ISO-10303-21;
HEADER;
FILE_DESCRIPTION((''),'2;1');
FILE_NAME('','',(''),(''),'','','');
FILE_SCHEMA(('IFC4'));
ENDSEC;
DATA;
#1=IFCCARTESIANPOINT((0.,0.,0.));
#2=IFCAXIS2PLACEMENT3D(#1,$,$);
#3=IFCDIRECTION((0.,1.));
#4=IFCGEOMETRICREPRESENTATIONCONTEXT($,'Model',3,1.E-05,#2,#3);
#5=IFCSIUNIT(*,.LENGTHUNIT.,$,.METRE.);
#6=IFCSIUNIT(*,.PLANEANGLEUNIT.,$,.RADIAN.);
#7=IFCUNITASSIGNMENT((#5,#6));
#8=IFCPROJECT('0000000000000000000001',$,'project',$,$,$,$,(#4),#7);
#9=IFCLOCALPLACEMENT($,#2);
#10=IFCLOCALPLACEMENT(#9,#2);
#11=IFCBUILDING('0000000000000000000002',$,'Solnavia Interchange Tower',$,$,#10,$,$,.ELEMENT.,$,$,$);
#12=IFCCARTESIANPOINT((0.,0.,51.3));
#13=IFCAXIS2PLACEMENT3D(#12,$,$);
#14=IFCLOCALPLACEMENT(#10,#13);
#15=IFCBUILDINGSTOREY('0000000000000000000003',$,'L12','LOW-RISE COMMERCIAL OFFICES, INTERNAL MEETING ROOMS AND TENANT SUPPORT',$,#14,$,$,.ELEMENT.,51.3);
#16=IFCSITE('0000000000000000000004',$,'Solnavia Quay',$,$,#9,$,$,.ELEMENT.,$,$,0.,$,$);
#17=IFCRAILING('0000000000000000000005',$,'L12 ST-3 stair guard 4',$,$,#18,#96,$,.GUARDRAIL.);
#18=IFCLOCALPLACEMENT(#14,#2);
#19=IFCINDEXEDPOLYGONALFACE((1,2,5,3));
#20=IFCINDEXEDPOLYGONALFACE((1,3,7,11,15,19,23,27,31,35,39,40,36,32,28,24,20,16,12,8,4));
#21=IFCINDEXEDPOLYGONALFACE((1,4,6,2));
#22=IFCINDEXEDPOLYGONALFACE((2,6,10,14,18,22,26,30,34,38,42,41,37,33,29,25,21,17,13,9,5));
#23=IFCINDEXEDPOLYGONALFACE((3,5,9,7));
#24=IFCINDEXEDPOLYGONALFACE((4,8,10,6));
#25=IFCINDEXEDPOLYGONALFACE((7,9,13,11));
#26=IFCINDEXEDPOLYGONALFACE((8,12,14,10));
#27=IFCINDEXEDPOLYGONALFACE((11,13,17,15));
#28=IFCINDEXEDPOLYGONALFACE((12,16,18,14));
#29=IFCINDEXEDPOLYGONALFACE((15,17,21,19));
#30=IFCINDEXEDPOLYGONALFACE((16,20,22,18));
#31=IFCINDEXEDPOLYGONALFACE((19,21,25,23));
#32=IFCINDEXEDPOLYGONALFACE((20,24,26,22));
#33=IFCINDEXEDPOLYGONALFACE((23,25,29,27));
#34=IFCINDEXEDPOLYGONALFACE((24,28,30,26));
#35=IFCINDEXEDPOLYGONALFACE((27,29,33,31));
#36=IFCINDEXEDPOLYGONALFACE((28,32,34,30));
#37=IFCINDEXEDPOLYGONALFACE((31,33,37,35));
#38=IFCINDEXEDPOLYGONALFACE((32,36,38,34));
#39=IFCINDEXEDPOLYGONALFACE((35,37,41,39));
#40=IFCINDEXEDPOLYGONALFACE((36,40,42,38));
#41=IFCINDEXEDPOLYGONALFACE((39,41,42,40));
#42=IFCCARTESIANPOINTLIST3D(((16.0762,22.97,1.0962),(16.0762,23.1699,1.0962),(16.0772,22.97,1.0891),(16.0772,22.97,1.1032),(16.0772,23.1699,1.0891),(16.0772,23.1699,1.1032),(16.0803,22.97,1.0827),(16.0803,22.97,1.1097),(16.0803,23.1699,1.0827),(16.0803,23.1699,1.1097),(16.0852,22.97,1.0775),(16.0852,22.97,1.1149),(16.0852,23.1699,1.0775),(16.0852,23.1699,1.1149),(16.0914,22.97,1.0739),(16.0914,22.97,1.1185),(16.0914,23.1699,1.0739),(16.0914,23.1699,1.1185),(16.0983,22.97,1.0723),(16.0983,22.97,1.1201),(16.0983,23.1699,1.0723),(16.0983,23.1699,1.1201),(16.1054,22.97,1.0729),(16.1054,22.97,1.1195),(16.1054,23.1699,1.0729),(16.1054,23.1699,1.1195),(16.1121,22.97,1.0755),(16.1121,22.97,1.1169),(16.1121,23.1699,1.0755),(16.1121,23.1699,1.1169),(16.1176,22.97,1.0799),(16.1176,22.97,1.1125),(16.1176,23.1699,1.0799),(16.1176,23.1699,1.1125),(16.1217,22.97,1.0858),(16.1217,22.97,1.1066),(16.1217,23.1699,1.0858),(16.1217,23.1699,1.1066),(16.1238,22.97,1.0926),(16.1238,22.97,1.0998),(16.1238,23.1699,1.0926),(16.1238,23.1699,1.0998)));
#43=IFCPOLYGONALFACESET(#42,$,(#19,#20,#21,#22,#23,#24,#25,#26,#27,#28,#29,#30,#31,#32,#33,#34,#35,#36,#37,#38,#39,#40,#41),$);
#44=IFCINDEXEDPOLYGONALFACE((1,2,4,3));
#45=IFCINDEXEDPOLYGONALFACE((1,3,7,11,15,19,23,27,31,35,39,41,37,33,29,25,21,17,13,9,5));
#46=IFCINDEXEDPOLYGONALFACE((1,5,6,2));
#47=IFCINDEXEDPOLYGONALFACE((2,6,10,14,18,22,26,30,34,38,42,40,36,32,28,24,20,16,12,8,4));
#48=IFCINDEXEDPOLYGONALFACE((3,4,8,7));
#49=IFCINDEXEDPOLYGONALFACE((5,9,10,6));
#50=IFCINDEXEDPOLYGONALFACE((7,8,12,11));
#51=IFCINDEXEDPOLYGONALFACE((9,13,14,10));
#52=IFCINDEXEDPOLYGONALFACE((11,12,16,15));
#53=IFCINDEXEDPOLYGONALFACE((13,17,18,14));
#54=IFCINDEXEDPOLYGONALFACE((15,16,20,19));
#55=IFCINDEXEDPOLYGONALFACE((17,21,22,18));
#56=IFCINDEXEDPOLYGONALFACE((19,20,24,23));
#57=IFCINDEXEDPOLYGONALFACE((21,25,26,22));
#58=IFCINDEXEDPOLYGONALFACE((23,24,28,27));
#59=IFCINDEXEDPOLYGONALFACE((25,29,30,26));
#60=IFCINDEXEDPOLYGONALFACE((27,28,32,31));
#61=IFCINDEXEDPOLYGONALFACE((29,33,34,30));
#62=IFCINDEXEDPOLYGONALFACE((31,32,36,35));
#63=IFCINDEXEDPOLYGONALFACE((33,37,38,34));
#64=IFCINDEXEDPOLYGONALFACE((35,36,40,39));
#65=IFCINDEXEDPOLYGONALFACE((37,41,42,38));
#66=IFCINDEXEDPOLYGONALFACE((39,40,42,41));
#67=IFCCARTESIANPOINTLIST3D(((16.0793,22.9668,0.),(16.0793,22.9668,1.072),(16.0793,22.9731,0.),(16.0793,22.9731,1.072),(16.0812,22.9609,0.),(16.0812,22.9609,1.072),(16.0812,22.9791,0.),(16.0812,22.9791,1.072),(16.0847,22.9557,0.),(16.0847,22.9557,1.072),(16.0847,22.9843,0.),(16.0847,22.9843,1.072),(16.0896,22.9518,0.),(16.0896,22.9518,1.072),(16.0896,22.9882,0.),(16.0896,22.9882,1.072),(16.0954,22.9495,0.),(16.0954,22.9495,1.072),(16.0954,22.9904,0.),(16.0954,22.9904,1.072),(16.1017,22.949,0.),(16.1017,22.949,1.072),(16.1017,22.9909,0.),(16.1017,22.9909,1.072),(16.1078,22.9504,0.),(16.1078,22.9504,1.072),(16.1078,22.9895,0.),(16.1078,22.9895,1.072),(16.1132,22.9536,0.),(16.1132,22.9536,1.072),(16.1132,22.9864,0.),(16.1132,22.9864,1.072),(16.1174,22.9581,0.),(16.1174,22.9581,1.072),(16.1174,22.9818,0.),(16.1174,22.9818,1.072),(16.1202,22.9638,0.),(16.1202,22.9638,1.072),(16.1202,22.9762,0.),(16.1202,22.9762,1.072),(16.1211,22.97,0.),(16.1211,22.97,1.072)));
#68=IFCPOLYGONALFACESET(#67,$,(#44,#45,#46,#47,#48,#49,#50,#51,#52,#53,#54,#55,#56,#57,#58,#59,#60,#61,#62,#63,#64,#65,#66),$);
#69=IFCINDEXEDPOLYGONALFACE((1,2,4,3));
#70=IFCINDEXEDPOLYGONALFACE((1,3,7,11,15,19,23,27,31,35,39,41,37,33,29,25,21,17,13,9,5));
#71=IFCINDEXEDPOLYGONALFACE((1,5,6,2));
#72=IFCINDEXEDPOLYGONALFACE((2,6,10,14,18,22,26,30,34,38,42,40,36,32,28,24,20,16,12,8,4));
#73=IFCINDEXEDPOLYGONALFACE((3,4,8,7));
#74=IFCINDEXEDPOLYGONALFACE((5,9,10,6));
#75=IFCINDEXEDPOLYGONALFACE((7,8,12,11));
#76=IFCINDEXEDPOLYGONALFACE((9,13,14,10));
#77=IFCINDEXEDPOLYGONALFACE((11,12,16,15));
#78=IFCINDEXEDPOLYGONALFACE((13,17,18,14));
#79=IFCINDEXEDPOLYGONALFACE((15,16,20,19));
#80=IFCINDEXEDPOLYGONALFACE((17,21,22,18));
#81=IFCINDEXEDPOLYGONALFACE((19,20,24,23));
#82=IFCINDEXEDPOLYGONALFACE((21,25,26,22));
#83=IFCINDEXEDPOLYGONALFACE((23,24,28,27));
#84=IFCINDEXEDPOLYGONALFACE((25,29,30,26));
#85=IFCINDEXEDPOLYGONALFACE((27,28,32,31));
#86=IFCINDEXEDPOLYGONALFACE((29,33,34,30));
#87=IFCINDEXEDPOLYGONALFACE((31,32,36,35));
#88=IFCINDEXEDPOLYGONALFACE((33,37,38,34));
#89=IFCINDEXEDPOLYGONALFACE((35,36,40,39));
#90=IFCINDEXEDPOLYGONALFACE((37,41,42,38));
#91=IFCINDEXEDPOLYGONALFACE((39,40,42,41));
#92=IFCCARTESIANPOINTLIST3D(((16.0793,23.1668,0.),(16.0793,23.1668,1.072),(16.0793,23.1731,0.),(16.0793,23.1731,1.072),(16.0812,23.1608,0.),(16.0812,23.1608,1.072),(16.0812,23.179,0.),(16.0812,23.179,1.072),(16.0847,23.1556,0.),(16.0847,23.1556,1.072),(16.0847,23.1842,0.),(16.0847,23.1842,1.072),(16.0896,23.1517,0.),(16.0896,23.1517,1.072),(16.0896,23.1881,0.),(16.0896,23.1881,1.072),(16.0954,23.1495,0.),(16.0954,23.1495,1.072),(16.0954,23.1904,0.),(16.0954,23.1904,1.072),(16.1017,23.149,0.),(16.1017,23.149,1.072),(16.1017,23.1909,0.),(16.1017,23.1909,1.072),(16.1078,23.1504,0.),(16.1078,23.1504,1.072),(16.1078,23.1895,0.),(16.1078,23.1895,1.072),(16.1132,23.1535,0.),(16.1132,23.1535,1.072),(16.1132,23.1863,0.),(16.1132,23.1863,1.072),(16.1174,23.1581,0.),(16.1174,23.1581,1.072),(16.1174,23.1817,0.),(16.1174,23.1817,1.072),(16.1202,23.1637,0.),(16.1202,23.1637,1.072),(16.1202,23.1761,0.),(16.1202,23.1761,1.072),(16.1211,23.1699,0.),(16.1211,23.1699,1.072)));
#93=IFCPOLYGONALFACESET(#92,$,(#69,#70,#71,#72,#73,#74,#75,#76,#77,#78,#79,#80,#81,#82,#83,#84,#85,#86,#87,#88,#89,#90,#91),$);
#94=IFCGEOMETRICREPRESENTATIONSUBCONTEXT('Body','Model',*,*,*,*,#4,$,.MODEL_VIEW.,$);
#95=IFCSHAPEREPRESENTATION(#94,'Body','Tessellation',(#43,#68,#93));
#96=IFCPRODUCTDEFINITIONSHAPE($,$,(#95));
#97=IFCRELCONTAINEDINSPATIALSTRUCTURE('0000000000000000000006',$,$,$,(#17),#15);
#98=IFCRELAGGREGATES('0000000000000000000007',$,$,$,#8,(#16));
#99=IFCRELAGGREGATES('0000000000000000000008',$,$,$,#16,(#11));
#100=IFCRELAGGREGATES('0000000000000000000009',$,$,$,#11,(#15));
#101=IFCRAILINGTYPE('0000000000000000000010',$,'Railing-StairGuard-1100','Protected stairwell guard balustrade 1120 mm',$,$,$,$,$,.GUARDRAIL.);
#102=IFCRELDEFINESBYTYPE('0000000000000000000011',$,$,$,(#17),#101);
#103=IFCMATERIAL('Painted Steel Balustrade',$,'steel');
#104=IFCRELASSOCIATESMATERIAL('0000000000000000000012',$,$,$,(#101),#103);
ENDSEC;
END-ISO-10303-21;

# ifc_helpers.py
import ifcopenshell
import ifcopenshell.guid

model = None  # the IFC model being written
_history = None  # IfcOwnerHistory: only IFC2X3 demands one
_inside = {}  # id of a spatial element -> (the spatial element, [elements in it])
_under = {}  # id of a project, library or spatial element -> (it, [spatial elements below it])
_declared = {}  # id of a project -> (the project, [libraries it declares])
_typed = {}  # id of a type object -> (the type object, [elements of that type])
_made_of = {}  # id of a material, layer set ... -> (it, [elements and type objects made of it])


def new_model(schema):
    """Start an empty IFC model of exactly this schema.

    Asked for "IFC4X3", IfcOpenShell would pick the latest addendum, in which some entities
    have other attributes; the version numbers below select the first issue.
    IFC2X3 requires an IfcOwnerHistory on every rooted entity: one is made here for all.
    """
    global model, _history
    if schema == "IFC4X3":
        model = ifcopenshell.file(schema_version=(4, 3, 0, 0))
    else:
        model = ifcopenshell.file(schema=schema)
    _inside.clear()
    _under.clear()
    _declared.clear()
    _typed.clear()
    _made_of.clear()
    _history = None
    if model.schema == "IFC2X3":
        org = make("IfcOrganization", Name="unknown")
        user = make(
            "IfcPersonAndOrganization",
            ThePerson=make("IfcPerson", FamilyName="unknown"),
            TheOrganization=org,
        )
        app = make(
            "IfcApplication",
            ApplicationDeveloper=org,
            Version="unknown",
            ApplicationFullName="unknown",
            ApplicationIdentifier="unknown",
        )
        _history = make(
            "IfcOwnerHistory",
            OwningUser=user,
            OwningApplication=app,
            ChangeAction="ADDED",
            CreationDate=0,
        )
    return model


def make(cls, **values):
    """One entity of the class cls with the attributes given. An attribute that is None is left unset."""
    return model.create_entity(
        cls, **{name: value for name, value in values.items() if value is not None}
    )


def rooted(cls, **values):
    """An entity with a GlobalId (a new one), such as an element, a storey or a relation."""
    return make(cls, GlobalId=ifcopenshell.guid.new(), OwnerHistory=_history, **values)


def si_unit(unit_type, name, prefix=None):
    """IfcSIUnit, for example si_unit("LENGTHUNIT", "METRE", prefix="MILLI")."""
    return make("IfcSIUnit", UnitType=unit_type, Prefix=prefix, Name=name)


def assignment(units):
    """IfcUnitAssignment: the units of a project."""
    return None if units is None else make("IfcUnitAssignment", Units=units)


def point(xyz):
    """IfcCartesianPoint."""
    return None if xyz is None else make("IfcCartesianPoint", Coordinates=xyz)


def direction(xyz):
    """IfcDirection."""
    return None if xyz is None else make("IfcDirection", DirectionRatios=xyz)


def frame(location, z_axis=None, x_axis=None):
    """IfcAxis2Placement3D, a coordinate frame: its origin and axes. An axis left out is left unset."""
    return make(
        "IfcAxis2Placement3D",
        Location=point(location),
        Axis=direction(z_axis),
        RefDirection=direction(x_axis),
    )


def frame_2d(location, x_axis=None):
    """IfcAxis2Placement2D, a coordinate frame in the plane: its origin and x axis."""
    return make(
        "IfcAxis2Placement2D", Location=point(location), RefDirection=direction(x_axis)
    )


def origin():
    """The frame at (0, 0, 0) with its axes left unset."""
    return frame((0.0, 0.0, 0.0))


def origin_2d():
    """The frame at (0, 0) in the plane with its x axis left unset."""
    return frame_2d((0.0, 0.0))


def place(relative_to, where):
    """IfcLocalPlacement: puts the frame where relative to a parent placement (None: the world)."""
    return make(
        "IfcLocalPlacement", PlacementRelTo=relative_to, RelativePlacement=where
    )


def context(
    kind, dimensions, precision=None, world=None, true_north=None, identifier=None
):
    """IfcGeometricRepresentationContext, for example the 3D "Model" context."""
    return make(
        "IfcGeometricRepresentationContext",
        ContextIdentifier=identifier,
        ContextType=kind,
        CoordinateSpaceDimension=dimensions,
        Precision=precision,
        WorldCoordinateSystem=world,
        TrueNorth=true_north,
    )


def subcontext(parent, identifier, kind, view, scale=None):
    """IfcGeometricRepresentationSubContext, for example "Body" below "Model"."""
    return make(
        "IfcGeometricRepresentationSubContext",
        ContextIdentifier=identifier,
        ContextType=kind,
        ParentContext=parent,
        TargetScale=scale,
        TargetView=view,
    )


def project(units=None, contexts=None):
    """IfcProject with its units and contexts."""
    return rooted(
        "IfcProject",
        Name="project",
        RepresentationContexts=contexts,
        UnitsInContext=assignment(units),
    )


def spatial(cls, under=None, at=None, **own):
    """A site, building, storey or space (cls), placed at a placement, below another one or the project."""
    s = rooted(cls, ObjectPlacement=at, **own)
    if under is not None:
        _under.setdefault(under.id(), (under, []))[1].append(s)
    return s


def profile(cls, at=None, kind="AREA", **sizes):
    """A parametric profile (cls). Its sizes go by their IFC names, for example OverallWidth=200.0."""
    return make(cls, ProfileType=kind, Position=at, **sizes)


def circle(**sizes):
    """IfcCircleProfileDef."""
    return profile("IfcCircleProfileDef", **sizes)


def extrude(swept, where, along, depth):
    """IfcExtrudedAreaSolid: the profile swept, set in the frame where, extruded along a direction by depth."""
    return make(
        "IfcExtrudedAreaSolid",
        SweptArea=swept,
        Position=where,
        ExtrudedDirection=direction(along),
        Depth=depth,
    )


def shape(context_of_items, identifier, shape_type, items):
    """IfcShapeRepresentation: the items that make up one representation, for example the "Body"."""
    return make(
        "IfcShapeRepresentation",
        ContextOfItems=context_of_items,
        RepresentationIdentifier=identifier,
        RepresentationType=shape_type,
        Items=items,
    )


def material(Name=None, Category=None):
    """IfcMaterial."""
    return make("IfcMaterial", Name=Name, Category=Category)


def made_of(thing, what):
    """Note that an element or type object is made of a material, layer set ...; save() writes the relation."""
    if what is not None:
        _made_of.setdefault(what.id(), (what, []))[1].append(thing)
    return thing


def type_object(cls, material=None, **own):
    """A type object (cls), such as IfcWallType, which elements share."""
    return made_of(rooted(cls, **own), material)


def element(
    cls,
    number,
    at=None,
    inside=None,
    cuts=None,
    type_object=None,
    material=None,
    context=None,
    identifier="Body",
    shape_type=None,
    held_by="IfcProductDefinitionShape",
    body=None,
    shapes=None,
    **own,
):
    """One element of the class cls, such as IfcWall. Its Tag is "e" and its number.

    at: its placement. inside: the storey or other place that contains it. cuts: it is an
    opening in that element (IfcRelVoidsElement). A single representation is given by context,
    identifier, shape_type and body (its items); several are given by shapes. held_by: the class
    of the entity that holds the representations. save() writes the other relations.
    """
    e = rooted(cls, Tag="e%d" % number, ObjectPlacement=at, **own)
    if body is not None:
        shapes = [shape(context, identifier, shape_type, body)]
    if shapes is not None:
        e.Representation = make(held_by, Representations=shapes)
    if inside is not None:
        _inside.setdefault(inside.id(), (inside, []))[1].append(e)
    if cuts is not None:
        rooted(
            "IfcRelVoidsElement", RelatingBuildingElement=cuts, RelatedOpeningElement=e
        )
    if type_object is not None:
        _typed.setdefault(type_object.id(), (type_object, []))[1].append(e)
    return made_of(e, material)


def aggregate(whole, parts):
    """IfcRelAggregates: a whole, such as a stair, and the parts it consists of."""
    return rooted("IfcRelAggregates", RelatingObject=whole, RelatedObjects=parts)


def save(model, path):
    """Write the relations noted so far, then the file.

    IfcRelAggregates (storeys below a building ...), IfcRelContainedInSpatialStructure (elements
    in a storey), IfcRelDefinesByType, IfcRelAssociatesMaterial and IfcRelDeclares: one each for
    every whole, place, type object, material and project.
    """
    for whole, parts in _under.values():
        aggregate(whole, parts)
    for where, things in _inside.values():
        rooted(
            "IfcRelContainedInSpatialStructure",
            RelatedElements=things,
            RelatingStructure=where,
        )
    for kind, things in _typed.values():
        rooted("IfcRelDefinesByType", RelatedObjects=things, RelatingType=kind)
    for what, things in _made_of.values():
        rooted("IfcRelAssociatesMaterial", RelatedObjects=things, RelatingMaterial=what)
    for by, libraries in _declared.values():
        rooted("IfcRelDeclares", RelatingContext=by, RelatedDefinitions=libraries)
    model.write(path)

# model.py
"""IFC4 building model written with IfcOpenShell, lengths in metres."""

from ifc_helpers import new_model, si_unit, direction, frame, origin, origin_2d, place, context, subcontext, project, spatial, circle, extrude, material, type_object, element, save


model = new_model("IFC4")

# Units and contexts
model_context = context("Model", 3, precision=1e-05, world=origin(), true_north=direction((0.0, 1.0)))
body_context = subcontext(model_context, "Body", "Model", "MODEL_VIEW")
ifc_project = project(units=[si_unit("LENGTHUNIT", "METRE"), si_unit("PLANEANGLEUNIT", "RADIAN")], contexts=[model_context])

# Site, building, storey
site_placement = place(None, origin())
site = spatial("IfcSite", under=ifc_project, at=site_placement, Name="Solnavia Quay", CompositionType="ELEMENT", RefElevation=0.0)
building_placement = place(site_placement, origin())
building = spatial("IfcBuilding", under=site, at=building_placement, Name="Solnavia Interchange Tower", CompositionType="ELEMENT")
storey_placement = place(building_placement, frame((0.0, 0.0, 51.3)))
storey = spatial("IfcBuildingStorey", under=building, at=storey_placement, Name="L12", Description="LOW-RISE COMMERCIAL OFFICES, INTERNAL MEETING ROOMS AND TENANT SUPPORT", CompositionType="ELEMENT", Elevation=51.3)

# Railing
ifc_material_1 = material(Name="Painted Steel Balustrade", Category="steel")
railing_type_1 = type_object("IfcRailingType", Name="Railing-StairGuard-1100", Description="Protected stairwell guard balustrade 1120 mm", PredefinedType="GUARDRAIL", material=ifc_material_1)
railing_1_placement = place(storey_placement, frame((16.1001, 22.97, 0.0)))
element("IfcRailing", 1, at=railing_1_placement, inside=storey, type_object=railing_type_1, Name="L12 ST-3 stair guard 4", PredefinedType="GUARDRAIL", context=body_context, shape_type="SweptSolid", body=[
    extrude(circle(Radius=0.0239, at=origin_2d()), frame((0.0, 0.0, 1.0962), z_axis=(0.0, 1.0, 0.0), x_axis=(-1.0, 0.0, 0.0)), (0.0, 0.0, 1.0), 0.2),
    extrude(circle(Radius=0.021, at=origin_2d()), origin(), (0.0, 0.0, 1.0), 1.072),
    extrude(circle(Radius=0.021, at=origin_2d()), frame((0.0, 0.2, 0.0)), (0.0, 0.0, 1.0), 1.072),
])

save(model, "model.ifc")
